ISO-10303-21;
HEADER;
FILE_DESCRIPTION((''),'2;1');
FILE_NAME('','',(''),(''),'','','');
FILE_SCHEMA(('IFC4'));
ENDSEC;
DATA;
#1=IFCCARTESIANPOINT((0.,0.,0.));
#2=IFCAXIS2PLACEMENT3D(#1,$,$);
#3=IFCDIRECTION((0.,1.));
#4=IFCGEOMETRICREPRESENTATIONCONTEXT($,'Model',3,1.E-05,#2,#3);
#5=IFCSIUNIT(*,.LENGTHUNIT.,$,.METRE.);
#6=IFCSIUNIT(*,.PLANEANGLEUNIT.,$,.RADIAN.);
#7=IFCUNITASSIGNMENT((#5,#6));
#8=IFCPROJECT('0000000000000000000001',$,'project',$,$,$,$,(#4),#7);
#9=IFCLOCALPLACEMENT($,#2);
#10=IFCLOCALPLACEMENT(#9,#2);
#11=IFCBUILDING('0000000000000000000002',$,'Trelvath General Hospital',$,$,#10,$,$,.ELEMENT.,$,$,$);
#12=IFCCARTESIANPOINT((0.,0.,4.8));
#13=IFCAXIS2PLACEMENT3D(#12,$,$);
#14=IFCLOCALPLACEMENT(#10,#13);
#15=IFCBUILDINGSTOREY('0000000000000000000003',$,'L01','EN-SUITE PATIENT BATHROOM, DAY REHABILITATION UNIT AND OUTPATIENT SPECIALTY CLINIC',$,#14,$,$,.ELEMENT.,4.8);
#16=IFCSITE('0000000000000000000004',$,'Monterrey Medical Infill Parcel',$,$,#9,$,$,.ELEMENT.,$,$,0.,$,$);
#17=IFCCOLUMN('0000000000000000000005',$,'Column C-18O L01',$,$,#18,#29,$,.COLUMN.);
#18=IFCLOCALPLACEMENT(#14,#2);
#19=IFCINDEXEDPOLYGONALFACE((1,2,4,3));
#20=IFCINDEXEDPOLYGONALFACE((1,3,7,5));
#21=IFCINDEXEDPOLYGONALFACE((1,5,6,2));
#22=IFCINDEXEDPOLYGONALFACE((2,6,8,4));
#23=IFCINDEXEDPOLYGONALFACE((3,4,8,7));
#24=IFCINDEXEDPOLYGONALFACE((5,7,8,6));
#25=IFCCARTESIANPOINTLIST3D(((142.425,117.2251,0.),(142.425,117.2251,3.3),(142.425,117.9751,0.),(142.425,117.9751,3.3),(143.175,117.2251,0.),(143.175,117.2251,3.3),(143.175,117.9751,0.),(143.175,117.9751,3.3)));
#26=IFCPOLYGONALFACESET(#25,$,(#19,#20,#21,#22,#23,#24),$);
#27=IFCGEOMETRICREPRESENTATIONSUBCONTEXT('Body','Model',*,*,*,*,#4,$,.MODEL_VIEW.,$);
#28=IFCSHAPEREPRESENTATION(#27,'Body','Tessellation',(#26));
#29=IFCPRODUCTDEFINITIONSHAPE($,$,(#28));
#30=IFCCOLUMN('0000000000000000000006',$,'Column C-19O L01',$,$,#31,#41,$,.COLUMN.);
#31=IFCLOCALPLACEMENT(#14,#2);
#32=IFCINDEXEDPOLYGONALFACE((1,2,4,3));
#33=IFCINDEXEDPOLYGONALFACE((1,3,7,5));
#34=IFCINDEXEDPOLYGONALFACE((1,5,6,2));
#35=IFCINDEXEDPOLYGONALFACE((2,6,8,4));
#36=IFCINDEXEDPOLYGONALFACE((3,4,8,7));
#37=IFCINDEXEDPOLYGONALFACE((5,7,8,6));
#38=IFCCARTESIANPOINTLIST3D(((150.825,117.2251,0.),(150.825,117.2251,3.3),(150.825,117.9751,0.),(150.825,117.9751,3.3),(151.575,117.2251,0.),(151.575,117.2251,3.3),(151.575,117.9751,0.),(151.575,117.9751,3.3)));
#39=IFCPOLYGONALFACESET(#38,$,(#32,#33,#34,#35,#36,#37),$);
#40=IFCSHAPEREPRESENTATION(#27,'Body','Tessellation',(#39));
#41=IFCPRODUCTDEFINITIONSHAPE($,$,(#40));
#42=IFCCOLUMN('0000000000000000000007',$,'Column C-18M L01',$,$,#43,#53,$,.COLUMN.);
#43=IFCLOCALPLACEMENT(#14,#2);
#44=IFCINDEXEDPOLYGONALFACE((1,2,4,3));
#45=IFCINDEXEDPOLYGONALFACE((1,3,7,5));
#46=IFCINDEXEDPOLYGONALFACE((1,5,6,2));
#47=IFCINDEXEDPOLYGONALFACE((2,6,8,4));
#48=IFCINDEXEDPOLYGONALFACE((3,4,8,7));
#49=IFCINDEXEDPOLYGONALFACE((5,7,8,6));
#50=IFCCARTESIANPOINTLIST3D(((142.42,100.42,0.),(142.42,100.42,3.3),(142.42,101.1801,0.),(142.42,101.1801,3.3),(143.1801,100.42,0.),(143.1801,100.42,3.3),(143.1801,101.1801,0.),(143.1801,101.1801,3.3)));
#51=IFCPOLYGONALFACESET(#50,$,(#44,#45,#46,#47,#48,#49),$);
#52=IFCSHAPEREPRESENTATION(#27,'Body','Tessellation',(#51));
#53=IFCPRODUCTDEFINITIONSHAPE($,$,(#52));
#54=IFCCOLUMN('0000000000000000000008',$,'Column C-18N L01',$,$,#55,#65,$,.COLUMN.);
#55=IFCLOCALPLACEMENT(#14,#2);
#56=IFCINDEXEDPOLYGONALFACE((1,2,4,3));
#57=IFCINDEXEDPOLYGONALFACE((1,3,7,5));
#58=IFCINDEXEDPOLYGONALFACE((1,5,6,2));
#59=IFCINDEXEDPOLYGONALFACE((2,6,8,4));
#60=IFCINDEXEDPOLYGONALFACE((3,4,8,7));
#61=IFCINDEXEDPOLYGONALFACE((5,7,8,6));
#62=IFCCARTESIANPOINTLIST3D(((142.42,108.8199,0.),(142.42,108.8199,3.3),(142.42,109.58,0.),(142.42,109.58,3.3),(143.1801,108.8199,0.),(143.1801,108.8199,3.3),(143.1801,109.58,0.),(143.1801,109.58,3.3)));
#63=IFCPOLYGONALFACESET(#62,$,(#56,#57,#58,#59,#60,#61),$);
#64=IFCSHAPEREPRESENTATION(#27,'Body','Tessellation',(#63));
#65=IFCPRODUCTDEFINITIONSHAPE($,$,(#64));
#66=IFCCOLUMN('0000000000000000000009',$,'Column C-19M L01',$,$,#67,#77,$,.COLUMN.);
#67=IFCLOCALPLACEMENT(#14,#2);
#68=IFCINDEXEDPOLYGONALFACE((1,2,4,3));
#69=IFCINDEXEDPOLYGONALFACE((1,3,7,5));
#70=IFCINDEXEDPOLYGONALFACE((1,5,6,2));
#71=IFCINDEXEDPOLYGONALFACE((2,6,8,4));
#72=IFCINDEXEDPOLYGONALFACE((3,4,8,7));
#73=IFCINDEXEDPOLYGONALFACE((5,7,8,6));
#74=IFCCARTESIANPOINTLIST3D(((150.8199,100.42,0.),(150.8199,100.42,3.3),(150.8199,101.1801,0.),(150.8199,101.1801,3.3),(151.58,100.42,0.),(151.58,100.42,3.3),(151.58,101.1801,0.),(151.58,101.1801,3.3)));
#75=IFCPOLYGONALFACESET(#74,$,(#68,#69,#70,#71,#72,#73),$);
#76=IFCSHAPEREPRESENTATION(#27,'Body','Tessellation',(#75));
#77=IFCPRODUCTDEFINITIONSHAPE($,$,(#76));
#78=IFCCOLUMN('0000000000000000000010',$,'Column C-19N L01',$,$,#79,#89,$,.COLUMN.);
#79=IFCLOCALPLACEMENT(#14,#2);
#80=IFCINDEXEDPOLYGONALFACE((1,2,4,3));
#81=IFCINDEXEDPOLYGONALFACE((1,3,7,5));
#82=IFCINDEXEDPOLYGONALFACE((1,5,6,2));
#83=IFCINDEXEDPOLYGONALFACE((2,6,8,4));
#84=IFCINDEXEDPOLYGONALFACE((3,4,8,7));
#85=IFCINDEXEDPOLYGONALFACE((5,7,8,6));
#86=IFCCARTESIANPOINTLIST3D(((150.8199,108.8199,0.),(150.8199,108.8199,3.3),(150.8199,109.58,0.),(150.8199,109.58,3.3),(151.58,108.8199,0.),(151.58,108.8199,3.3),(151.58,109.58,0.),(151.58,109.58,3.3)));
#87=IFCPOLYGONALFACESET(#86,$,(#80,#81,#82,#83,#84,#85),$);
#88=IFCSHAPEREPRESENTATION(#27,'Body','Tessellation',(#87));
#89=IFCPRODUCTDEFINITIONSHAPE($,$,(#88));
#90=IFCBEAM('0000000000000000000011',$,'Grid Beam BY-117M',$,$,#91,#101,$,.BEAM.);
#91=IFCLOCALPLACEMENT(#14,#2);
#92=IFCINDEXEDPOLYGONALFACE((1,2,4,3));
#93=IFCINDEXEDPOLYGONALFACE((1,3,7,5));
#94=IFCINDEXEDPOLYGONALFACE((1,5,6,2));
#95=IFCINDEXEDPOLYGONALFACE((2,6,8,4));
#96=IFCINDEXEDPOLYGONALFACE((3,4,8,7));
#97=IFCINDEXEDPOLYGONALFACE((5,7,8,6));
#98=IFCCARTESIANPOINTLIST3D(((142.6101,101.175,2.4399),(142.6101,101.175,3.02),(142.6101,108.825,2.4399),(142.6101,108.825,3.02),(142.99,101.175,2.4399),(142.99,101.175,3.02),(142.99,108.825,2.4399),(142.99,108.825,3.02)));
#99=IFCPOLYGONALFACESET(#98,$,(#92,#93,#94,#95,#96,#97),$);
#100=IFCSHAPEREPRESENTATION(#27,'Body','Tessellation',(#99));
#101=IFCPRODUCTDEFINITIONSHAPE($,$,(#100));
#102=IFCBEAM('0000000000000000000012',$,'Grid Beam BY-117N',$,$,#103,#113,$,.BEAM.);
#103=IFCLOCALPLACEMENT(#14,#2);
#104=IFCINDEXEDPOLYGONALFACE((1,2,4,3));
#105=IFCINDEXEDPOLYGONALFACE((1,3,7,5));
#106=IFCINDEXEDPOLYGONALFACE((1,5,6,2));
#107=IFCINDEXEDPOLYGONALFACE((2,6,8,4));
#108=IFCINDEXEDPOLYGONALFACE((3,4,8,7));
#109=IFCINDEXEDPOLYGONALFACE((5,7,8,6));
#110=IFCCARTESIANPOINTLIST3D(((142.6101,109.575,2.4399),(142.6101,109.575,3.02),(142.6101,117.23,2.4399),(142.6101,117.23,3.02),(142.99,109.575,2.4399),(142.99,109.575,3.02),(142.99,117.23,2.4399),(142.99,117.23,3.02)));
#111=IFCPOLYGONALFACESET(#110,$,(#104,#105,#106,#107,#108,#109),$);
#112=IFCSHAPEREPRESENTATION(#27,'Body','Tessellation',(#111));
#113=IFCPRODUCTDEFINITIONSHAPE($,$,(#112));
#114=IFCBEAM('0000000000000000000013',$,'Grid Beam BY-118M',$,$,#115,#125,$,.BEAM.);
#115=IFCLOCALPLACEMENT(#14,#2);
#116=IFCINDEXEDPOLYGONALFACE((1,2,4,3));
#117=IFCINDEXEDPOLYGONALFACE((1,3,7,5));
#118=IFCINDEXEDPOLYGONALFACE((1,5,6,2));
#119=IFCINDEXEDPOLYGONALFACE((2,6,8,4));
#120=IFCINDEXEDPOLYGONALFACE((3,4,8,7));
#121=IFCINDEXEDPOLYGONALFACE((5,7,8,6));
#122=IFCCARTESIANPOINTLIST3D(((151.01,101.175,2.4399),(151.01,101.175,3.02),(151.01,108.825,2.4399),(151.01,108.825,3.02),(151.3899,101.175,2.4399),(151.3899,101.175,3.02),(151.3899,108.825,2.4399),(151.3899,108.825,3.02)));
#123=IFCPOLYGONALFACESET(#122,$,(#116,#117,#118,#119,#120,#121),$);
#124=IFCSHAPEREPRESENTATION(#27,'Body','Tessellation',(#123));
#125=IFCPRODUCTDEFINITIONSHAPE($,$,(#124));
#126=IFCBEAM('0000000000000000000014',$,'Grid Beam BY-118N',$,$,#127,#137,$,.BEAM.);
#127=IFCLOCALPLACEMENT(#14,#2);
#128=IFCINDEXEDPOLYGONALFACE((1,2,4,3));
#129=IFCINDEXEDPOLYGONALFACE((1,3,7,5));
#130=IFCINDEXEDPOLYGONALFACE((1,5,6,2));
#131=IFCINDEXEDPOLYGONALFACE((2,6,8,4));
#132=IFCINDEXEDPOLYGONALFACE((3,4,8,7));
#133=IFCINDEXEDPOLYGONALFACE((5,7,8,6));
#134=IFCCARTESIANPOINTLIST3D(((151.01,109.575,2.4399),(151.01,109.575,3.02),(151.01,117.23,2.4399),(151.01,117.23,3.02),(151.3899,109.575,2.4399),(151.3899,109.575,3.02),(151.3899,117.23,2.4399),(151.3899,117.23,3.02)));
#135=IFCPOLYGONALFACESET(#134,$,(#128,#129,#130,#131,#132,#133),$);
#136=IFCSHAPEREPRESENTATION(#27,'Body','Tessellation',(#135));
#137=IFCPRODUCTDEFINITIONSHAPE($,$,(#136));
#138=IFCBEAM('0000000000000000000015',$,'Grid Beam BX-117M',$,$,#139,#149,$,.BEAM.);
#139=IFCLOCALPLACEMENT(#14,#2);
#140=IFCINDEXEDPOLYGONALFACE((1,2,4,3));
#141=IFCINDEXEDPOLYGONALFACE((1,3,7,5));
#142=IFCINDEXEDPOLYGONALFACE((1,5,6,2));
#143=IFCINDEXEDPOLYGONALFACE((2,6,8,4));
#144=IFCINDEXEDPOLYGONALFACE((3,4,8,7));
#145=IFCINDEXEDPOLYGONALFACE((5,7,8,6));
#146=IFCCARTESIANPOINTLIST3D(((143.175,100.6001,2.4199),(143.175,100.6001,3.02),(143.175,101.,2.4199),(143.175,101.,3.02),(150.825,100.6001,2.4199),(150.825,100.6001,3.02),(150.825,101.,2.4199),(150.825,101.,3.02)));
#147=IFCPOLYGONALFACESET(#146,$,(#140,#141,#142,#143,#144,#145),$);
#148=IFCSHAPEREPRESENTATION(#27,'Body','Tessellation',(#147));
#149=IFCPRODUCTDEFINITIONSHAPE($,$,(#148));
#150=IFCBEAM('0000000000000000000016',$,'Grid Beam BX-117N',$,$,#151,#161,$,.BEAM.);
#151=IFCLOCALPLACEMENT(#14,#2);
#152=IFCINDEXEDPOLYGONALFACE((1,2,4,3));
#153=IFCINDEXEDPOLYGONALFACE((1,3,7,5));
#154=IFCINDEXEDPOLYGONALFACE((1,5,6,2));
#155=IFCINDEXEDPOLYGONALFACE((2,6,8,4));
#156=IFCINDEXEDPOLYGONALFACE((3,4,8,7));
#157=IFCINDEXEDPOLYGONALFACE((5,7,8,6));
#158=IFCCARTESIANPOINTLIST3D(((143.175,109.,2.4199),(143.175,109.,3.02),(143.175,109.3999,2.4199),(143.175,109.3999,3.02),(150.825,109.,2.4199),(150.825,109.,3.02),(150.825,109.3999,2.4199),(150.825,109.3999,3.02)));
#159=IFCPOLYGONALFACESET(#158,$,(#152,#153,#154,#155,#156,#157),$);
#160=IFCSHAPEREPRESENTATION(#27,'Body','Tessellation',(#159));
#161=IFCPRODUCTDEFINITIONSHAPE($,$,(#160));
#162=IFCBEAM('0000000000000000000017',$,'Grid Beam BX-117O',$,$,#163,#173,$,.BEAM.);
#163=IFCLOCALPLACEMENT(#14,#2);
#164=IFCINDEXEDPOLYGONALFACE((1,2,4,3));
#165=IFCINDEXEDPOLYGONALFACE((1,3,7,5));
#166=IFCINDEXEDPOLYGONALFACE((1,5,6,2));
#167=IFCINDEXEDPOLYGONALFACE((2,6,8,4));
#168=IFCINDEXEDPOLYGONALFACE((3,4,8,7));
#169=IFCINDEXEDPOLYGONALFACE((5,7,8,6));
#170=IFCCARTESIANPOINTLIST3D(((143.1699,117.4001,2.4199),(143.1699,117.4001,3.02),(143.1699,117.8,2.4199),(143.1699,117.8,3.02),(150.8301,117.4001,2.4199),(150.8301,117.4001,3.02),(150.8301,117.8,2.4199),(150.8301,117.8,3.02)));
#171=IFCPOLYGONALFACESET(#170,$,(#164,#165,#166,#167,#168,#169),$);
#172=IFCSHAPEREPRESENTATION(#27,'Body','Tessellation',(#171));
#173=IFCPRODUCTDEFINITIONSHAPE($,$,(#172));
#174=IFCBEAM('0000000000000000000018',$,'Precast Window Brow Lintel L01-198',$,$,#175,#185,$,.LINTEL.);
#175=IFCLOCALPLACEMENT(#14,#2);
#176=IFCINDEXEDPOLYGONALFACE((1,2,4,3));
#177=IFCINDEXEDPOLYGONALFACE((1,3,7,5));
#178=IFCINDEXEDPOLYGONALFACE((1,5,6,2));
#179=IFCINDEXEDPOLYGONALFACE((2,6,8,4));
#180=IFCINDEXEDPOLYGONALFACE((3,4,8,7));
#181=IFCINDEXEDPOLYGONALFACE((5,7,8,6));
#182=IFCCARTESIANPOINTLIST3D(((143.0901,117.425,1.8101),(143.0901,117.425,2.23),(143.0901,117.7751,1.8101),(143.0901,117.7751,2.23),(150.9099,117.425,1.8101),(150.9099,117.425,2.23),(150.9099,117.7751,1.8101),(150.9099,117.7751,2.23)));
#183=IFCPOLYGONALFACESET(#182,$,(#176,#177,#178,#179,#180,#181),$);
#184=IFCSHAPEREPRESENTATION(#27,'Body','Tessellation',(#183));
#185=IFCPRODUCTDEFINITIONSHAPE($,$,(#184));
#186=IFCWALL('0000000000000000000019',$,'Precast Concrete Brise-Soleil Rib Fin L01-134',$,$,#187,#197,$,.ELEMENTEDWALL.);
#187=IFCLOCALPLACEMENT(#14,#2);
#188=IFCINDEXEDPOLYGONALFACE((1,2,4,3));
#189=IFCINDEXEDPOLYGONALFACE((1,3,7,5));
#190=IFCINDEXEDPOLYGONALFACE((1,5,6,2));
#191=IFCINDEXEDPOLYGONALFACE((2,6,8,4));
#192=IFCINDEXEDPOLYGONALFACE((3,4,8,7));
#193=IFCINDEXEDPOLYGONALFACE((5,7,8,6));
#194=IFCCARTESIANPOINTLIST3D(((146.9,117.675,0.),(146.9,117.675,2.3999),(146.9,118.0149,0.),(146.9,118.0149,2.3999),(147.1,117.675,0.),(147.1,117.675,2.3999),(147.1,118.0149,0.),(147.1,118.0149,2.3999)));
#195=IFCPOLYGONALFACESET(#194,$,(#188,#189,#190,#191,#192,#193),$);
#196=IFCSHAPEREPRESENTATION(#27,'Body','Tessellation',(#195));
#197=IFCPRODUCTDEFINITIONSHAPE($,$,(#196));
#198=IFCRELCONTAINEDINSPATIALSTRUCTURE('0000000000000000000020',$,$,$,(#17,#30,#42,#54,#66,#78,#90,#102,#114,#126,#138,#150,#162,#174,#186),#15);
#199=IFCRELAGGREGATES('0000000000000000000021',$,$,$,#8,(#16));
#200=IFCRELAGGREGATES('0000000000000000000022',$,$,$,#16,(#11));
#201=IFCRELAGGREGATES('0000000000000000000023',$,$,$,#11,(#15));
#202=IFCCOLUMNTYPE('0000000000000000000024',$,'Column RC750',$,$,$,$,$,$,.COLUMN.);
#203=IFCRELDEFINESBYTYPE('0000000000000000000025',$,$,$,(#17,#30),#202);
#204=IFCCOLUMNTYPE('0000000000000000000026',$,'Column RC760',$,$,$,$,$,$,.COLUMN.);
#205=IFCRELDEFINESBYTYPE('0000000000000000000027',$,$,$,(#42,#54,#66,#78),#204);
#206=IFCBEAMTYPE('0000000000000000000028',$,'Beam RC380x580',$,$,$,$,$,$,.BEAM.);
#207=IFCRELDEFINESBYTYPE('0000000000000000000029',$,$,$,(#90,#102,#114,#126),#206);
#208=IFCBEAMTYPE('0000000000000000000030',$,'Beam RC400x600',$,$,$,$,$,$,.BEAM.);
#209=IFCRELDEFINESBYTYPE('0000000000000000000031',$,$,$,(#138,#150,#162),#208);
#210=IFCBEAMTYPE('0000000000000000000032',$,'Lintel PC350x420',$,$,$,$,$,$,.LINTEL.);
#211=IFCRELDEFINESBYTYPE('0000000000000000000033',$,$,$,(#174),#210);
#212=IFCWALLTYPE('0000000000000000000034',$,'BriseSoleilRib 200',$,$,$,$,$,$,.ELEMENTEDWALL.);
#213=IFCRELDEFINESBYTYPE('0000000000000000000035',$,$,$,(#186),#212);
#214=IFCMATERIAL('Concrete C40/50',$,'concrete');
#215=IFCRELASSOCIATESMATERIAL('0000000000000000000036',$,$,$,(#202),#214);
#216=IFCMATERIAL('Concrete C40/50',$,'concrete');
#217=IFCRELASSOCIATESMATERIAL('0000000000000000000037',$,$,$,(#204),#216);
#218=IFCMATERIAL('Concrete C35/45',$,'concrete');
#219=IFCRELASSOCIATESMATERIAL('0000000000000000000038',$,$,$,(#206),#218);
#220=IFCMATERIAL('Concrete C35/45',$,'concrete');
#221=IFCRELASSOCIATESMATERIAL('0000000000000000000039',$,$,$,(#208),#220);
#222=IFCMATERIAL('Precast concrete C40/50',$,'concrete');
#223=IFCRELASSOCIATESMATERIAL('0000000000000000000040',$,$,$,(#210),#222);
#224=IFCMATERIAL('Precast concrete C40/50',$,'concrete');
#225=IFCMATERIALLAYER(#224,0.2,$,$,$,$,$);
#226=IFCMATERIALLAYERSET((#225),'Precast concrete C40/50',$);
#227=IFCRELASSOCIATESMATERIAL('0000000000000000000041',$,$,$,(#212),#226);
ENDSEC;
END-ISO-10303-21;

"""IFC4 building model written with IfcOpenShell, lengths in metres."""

from ifc_helpers import new_model, si_unit, direction, frame, frame_2d, origin, origin_2d, place, context, subcontext, project, spatial, rectangle, extrude, material, layer, layer_set, material_profile, profile_set, type_object, element, save


model = new_model("IFC4")

# Units and contexts
model_context = context("Model", 3, precision=1e-05, world=origin(), true_north=direction((0.0, 1.0)))
body_context = subcontext(model_context, "Body", "Model", "MODEL_VIEW")
ifc_project = project(units=[si_unit("LENGTHUNIT", "METRE"), si_unit("PLANEANGLEUNIT", "RADIAN")], contexts=[model_context])

# Site, building, storey
site_placement = place(None, origin())
site = spatial("IfcSite", under=ifc_project, at=site_placement, Name="Monterrey Medical Infill Parcel", CompositionType="ELEMENT", RefElevation=0.0)
building_placement = place(site_placement, origin())
building = spatial("IfcBuilding", under=site, at=building_placement, Name="Trelvath General Hospital", CompositionType="ELEMENT")
storey_placement = place(building_placement, frame((0.0, 0.0, 4.8)))
storey = spatial("IfcBuildingStorey", under=building, at=storey_placement, Name="L01", Description="EN-SUITE PATIENT BATHROOM, DAY REHABILITATION UNIT AND OUTPATIENT SPECIALTY CLINIC", CompositionType="ELEMENT", Elevation=4.8)

# Columns
ifc_material_1 = material(Name="Concrete C40/50", Category="concrete")
ifc_material_profile_1 = material_profile(ifc_material_1, rectangle(XDim=0.75, YDim=0.75, at=origin_2d()), Name="RC750x750")
ifc_profile_set_1 = profile_set([ifc_material_profile_1], Name="Concrete C40/50")
column_type_1 = type_object("IfcColumnType", Name="Column RC750", PredefinedType="COLUMN", material=ifc_profile_set_1)
for number, where, z_axis, x_axis, name in (
    (1, (142.8, 117.6001, 0.0), (0.0, 0.0, 1.0), (1.0, 0.0, 0.0), "Column C-18O L01"),
    (2, (151.2, 117.6001, 0.0), (0.0, 0.0, 1.0), (1.0, 0.0, 0.0), "Column C-19O L01"),
):
    element("IfcColumn", number, at=place(storey_placement, frame(where, z_axis=z_axis, x_axis=x_axis)), inside=storey, type_object=column_type_1, Name=name, PredefinedType="COLUMN", context=body_context, shape_type="SweptSolid", body=[
        extrude(rectangle(XDim=0.75, YDim=0.75, at=origin_2d()), origin(), (0.0, 0.0, 1.0), 3.3),
    ])
ifc_material_2 = material(Name="Concrete C40/50", Category="concrete")
ifc_material_profile_2 = material_profile(ifc_material_2, rectangle(XDim=0.76, YDim=0.76, at=origin_2d()), Name="RC760x760")
ifc_profile_set_2 = profile_set([ifc_material_profile_2], Name="Concrete C40/50")
column_type_2 = type_object("IfcColumnType", Name="Column RC760", PredefinedType="COLUMN", material=ifc_profile_set_2)
for number, where, z_axis, x_axis, name in (
    (3, (142.8, 100.8, 0.0), (0.0, 0.0, 1.0), (1.0, 0.0, 0.0), "Column C-18M L01"),
    (4, (142.8, 109.2, 0.0), (0.0, 0.0, 1.0), (1.0, 0.0, 0.0), "Column C-18N L01"),
    (5, (151.2, 100.8, 0.0), (0.0, 0.0, 1.0), (1.0, 0.0, 0.0), "Column C-19M L01"),
    (6, (151.2, 109.2, 0.0), (0.0, 0.0, 1.0), (1.0, 0.0, 0.0), "Column C-19N L01"),
):
    element("IfcColumn", number, at=place(storey_placement, frame(where, z_axis=z_axis, x_axis=x_axis)), inside=storey, type_object=column_type_2, Name=name, PredefinedType="COLUMN", context=body_context, shape_type="SweptSolid", body=[
        extrude(rectangle(XDim=0.76, YDim=0.76, at=origin_2d()), origin(), (0.0, 0.0, 1.0), 3.3),
    ])

# Beams
ifc_material_3 = material(Name="Concrete C35/45", Category="concrete")
ifc_material_profile_3 = material_profile(ifc_material_3, rectangle(XDim=0.3799, YDim=0.5801, at=origin_2d()), Name="RCB380x580")
ifc_profile_set_3 = profile_set([ifc_material_profile_3], Name="Concrete C35/45")
beam_type_1 = type_object("IfcBeamType", Name="Beam RC380x580", PredefinedType="BEAM", material=ifc_profile_set_3)
beam_1_placement = place(storey_placement, frame((142.8, 101.175, 2.73), z_axis=(0.0, 1.0, 0.0), x_axis=(-1.0, 0.0, 0.0)))
element("IfcBeam", 7, at=beam_1_placement, inside=storey, type_object=beam_type_1, Name="Grid Beam BY-117M", PredefinedType="BEAM", context=body_context, shape_type="SweptSolid", body=[
    extrude(rectangle(XDim=0.3799, YDim=0.5801, at=origin_2d()), origin(), (0.0, 0.0, 1.0), 7.6499),
])
beam_2_placement = place(storey_placement, frame((142.8, 109.575, 2.73), z_axis=(0.0, 1.0, 0.0), x_axis=(-1.0, 0.0, 0.0)))
element("IfcBeam", 8, at=beam_2_placement, inside=storey, type_object=beam_type_1, Name="Grid Beam BY-117N", PredefinedType="BEAM", context=body_context, shape_type="SweptSolid", body=[
    extrude(rectangle(XDim=0.3799, YDim=0.5801, at=origin_2d()), origin(), (0.0, 0.0, 1.0), 7.655),
])
beam_3_placement = place(storey_placement, frame((151.2, 101.175, 2.73), z_axis=(0.0, 1.0, 0.0), x_axis=(-1.0, 0.0, 0.0)))
element("IfcBeam", 9, at=beam_3_placement, inside=storey, type_object=beam_type_1, Name="Grid Beam BY-118M", PredefinedType="BEAM", context=body_context, shape_type="SweptSolid", body=[
    extrude(rectangle(XDim=0.3799, YDim=0.5801, at=origin_2d()), origin(), (0.0, 0.0, 1.0), 7.6499),
])
beam_4_placement = place(storey_placement, frame((151.2, 109.575, 2.73), z_axis=(0.0, 1.0, 0.0), x_axis=(-1.0, 0.0, 0.0)))
element("IfcBeam", 10, at=beam_4_placement, inside=storey, type_object=beam_type_1, Name="Grid Beam BY-118N", PredefinedType="BEAM", context=body_context, shape_type="SweptSolid", body=[
    extrude(rectangle(XDim=0.3799, YDim=0.5801, at=origin_2d()), origin(), (0.0, 0.0, 1.0), 7.655),
])
ifc_material_4 = material(Name="Concrete C35/45", Category="concrete")
ifc_material_profile_4 = material_profile(ifc_material_4, rectangle(XDim=0.3999, YDim=0.6001, at=origin_2d()), Name="RCB400x600")
ifc_profile_set_4 = profile_set([ifc_material_profile_4], Name="Concrete C35/45")
beam_type_2 = type_object("IfcBeamType", Name="Beam RC400x600", PredefinedType="BEAM", material=ifc_profile_set_4)
for number, where, z_axis, x_axis, name in (
    (11, (143.175, 100.8, 2.72), (1.0, 0.0, 0.0), (0.0, 1.0, 0.0), "Grid Beam BX-117M"),
    (12, (143.175, 109.2, 2.72), (1.0, 0.0, 0.0), (0.0, 1.0, 0.0), "Grid Beam BX-117N"),
):
    element("IfcBeam", number, at=place(storey_placement, frame(where, z_axis=z_axis, x_axis=x_axis)), inside=storey, type_object=beam_type_2, Name=name, PredefinedType="BEAM", context=body_context, shape_type="SweptSolid", body=[
        extrude(rectangle(XDim=0.3999, YDim=0.6001, at=origin_2d()), origin(), (0.0, 0.0, 1.0), 7.6499),
    ])
beam_5_placement = place(storey_placement, frame((143.1699, 117.6001, 2.72), z_axis=(1.0, 0.0, 0.0), x_axis=(0.0, 1.0, 0.0)))
element("IfcBeam", 13, at=beam_5_placement, inside=storey, type_object=beam_type_2, Name="Grid Beam BX-117O", PredefinedType="BEAM", context=body_context, shape_type="SweptSolid", body=[
    extrude(rectangle(XDim=0.3999, YDim=0.6001, at=origin_2d()), origin(), (0.0, 0.0, 1.0), 7.6602),
])
ifc_material_5 = material(Name="Precast concrete C40/50", Category="concrete")
ifc_material_profile_5 = material_profile(ifc_material_5, rectangle(XDim=0.3501, YDim=0.4199, at=origin_2d()), Name="PCL350x420")
ifc_profile_set_5 = profile_set([ifc_material_profile_5], Name="Precast concrete C40/50")
beam_type_3 = type_object("IfcBeamType", Name="Lintel PC350x420", PredefinedType="LINTEL", material=ifc_profile_set_5)
beam_6_placement = place(storey_placement, frame((143.0901, 117.6001, 2.02), z_axis=(1.0, 0.0, 0.0), x_axis=(0.0, 1.0, 0.0)))
element("IfcBeam", 14, at=beam_6_placement, inside=storey, type_object=beam_type_3, Name="Precast Window Brow Lintel L01-198", PredefinedType="LINTEL", context=body_context, shape_type="SweptSolid", body=[
    extrude(rectangle(XDim=0.3501, YDim=0.4199, at=origin_2d()), origin(), (0.0, 0.0, 1.0), 7.8198),
])

# Wall
ifc_material_6 = material(Name="Precast concrete C40/50", Category="concrete")
ifc_layer_1 = layer(ifc_material_6, 0.2)
ifc_layer_set_1 = layer_set([ifc_layer_1], Name="Precast concrete C40/50")
wall_type_1 = type_object("IfcWallType", Name="BriseSoleilRib 200", PredefinedType="ELEMENTEDWALL", material=ifc_layer_set_1)
wall_1_placement = place(storey_placement, frame((147.0, 117.675, 0.0), z_axis=(0.0, 0.0, 1.0), x_axis=(0.0, 1.0, 0.0)))
element("IfcWall", 15, at=wall_1_placement, inside=storey, type_object=wall_type_1, Name="Precast Concrete Brise-Soleil Rib Fin L01-134", PredefinedType="ELEMENTEDWALL", context=body_context, shape_type="SweptSolid", body=[
    extrude(rectangle(XDim=0.3398, YDim=0.2, at=frame_2d((0.1699, 0.0))), origin(), (0.0, 0.0, 1.0), 2.3999),
])

save(model, "model.ifc")
